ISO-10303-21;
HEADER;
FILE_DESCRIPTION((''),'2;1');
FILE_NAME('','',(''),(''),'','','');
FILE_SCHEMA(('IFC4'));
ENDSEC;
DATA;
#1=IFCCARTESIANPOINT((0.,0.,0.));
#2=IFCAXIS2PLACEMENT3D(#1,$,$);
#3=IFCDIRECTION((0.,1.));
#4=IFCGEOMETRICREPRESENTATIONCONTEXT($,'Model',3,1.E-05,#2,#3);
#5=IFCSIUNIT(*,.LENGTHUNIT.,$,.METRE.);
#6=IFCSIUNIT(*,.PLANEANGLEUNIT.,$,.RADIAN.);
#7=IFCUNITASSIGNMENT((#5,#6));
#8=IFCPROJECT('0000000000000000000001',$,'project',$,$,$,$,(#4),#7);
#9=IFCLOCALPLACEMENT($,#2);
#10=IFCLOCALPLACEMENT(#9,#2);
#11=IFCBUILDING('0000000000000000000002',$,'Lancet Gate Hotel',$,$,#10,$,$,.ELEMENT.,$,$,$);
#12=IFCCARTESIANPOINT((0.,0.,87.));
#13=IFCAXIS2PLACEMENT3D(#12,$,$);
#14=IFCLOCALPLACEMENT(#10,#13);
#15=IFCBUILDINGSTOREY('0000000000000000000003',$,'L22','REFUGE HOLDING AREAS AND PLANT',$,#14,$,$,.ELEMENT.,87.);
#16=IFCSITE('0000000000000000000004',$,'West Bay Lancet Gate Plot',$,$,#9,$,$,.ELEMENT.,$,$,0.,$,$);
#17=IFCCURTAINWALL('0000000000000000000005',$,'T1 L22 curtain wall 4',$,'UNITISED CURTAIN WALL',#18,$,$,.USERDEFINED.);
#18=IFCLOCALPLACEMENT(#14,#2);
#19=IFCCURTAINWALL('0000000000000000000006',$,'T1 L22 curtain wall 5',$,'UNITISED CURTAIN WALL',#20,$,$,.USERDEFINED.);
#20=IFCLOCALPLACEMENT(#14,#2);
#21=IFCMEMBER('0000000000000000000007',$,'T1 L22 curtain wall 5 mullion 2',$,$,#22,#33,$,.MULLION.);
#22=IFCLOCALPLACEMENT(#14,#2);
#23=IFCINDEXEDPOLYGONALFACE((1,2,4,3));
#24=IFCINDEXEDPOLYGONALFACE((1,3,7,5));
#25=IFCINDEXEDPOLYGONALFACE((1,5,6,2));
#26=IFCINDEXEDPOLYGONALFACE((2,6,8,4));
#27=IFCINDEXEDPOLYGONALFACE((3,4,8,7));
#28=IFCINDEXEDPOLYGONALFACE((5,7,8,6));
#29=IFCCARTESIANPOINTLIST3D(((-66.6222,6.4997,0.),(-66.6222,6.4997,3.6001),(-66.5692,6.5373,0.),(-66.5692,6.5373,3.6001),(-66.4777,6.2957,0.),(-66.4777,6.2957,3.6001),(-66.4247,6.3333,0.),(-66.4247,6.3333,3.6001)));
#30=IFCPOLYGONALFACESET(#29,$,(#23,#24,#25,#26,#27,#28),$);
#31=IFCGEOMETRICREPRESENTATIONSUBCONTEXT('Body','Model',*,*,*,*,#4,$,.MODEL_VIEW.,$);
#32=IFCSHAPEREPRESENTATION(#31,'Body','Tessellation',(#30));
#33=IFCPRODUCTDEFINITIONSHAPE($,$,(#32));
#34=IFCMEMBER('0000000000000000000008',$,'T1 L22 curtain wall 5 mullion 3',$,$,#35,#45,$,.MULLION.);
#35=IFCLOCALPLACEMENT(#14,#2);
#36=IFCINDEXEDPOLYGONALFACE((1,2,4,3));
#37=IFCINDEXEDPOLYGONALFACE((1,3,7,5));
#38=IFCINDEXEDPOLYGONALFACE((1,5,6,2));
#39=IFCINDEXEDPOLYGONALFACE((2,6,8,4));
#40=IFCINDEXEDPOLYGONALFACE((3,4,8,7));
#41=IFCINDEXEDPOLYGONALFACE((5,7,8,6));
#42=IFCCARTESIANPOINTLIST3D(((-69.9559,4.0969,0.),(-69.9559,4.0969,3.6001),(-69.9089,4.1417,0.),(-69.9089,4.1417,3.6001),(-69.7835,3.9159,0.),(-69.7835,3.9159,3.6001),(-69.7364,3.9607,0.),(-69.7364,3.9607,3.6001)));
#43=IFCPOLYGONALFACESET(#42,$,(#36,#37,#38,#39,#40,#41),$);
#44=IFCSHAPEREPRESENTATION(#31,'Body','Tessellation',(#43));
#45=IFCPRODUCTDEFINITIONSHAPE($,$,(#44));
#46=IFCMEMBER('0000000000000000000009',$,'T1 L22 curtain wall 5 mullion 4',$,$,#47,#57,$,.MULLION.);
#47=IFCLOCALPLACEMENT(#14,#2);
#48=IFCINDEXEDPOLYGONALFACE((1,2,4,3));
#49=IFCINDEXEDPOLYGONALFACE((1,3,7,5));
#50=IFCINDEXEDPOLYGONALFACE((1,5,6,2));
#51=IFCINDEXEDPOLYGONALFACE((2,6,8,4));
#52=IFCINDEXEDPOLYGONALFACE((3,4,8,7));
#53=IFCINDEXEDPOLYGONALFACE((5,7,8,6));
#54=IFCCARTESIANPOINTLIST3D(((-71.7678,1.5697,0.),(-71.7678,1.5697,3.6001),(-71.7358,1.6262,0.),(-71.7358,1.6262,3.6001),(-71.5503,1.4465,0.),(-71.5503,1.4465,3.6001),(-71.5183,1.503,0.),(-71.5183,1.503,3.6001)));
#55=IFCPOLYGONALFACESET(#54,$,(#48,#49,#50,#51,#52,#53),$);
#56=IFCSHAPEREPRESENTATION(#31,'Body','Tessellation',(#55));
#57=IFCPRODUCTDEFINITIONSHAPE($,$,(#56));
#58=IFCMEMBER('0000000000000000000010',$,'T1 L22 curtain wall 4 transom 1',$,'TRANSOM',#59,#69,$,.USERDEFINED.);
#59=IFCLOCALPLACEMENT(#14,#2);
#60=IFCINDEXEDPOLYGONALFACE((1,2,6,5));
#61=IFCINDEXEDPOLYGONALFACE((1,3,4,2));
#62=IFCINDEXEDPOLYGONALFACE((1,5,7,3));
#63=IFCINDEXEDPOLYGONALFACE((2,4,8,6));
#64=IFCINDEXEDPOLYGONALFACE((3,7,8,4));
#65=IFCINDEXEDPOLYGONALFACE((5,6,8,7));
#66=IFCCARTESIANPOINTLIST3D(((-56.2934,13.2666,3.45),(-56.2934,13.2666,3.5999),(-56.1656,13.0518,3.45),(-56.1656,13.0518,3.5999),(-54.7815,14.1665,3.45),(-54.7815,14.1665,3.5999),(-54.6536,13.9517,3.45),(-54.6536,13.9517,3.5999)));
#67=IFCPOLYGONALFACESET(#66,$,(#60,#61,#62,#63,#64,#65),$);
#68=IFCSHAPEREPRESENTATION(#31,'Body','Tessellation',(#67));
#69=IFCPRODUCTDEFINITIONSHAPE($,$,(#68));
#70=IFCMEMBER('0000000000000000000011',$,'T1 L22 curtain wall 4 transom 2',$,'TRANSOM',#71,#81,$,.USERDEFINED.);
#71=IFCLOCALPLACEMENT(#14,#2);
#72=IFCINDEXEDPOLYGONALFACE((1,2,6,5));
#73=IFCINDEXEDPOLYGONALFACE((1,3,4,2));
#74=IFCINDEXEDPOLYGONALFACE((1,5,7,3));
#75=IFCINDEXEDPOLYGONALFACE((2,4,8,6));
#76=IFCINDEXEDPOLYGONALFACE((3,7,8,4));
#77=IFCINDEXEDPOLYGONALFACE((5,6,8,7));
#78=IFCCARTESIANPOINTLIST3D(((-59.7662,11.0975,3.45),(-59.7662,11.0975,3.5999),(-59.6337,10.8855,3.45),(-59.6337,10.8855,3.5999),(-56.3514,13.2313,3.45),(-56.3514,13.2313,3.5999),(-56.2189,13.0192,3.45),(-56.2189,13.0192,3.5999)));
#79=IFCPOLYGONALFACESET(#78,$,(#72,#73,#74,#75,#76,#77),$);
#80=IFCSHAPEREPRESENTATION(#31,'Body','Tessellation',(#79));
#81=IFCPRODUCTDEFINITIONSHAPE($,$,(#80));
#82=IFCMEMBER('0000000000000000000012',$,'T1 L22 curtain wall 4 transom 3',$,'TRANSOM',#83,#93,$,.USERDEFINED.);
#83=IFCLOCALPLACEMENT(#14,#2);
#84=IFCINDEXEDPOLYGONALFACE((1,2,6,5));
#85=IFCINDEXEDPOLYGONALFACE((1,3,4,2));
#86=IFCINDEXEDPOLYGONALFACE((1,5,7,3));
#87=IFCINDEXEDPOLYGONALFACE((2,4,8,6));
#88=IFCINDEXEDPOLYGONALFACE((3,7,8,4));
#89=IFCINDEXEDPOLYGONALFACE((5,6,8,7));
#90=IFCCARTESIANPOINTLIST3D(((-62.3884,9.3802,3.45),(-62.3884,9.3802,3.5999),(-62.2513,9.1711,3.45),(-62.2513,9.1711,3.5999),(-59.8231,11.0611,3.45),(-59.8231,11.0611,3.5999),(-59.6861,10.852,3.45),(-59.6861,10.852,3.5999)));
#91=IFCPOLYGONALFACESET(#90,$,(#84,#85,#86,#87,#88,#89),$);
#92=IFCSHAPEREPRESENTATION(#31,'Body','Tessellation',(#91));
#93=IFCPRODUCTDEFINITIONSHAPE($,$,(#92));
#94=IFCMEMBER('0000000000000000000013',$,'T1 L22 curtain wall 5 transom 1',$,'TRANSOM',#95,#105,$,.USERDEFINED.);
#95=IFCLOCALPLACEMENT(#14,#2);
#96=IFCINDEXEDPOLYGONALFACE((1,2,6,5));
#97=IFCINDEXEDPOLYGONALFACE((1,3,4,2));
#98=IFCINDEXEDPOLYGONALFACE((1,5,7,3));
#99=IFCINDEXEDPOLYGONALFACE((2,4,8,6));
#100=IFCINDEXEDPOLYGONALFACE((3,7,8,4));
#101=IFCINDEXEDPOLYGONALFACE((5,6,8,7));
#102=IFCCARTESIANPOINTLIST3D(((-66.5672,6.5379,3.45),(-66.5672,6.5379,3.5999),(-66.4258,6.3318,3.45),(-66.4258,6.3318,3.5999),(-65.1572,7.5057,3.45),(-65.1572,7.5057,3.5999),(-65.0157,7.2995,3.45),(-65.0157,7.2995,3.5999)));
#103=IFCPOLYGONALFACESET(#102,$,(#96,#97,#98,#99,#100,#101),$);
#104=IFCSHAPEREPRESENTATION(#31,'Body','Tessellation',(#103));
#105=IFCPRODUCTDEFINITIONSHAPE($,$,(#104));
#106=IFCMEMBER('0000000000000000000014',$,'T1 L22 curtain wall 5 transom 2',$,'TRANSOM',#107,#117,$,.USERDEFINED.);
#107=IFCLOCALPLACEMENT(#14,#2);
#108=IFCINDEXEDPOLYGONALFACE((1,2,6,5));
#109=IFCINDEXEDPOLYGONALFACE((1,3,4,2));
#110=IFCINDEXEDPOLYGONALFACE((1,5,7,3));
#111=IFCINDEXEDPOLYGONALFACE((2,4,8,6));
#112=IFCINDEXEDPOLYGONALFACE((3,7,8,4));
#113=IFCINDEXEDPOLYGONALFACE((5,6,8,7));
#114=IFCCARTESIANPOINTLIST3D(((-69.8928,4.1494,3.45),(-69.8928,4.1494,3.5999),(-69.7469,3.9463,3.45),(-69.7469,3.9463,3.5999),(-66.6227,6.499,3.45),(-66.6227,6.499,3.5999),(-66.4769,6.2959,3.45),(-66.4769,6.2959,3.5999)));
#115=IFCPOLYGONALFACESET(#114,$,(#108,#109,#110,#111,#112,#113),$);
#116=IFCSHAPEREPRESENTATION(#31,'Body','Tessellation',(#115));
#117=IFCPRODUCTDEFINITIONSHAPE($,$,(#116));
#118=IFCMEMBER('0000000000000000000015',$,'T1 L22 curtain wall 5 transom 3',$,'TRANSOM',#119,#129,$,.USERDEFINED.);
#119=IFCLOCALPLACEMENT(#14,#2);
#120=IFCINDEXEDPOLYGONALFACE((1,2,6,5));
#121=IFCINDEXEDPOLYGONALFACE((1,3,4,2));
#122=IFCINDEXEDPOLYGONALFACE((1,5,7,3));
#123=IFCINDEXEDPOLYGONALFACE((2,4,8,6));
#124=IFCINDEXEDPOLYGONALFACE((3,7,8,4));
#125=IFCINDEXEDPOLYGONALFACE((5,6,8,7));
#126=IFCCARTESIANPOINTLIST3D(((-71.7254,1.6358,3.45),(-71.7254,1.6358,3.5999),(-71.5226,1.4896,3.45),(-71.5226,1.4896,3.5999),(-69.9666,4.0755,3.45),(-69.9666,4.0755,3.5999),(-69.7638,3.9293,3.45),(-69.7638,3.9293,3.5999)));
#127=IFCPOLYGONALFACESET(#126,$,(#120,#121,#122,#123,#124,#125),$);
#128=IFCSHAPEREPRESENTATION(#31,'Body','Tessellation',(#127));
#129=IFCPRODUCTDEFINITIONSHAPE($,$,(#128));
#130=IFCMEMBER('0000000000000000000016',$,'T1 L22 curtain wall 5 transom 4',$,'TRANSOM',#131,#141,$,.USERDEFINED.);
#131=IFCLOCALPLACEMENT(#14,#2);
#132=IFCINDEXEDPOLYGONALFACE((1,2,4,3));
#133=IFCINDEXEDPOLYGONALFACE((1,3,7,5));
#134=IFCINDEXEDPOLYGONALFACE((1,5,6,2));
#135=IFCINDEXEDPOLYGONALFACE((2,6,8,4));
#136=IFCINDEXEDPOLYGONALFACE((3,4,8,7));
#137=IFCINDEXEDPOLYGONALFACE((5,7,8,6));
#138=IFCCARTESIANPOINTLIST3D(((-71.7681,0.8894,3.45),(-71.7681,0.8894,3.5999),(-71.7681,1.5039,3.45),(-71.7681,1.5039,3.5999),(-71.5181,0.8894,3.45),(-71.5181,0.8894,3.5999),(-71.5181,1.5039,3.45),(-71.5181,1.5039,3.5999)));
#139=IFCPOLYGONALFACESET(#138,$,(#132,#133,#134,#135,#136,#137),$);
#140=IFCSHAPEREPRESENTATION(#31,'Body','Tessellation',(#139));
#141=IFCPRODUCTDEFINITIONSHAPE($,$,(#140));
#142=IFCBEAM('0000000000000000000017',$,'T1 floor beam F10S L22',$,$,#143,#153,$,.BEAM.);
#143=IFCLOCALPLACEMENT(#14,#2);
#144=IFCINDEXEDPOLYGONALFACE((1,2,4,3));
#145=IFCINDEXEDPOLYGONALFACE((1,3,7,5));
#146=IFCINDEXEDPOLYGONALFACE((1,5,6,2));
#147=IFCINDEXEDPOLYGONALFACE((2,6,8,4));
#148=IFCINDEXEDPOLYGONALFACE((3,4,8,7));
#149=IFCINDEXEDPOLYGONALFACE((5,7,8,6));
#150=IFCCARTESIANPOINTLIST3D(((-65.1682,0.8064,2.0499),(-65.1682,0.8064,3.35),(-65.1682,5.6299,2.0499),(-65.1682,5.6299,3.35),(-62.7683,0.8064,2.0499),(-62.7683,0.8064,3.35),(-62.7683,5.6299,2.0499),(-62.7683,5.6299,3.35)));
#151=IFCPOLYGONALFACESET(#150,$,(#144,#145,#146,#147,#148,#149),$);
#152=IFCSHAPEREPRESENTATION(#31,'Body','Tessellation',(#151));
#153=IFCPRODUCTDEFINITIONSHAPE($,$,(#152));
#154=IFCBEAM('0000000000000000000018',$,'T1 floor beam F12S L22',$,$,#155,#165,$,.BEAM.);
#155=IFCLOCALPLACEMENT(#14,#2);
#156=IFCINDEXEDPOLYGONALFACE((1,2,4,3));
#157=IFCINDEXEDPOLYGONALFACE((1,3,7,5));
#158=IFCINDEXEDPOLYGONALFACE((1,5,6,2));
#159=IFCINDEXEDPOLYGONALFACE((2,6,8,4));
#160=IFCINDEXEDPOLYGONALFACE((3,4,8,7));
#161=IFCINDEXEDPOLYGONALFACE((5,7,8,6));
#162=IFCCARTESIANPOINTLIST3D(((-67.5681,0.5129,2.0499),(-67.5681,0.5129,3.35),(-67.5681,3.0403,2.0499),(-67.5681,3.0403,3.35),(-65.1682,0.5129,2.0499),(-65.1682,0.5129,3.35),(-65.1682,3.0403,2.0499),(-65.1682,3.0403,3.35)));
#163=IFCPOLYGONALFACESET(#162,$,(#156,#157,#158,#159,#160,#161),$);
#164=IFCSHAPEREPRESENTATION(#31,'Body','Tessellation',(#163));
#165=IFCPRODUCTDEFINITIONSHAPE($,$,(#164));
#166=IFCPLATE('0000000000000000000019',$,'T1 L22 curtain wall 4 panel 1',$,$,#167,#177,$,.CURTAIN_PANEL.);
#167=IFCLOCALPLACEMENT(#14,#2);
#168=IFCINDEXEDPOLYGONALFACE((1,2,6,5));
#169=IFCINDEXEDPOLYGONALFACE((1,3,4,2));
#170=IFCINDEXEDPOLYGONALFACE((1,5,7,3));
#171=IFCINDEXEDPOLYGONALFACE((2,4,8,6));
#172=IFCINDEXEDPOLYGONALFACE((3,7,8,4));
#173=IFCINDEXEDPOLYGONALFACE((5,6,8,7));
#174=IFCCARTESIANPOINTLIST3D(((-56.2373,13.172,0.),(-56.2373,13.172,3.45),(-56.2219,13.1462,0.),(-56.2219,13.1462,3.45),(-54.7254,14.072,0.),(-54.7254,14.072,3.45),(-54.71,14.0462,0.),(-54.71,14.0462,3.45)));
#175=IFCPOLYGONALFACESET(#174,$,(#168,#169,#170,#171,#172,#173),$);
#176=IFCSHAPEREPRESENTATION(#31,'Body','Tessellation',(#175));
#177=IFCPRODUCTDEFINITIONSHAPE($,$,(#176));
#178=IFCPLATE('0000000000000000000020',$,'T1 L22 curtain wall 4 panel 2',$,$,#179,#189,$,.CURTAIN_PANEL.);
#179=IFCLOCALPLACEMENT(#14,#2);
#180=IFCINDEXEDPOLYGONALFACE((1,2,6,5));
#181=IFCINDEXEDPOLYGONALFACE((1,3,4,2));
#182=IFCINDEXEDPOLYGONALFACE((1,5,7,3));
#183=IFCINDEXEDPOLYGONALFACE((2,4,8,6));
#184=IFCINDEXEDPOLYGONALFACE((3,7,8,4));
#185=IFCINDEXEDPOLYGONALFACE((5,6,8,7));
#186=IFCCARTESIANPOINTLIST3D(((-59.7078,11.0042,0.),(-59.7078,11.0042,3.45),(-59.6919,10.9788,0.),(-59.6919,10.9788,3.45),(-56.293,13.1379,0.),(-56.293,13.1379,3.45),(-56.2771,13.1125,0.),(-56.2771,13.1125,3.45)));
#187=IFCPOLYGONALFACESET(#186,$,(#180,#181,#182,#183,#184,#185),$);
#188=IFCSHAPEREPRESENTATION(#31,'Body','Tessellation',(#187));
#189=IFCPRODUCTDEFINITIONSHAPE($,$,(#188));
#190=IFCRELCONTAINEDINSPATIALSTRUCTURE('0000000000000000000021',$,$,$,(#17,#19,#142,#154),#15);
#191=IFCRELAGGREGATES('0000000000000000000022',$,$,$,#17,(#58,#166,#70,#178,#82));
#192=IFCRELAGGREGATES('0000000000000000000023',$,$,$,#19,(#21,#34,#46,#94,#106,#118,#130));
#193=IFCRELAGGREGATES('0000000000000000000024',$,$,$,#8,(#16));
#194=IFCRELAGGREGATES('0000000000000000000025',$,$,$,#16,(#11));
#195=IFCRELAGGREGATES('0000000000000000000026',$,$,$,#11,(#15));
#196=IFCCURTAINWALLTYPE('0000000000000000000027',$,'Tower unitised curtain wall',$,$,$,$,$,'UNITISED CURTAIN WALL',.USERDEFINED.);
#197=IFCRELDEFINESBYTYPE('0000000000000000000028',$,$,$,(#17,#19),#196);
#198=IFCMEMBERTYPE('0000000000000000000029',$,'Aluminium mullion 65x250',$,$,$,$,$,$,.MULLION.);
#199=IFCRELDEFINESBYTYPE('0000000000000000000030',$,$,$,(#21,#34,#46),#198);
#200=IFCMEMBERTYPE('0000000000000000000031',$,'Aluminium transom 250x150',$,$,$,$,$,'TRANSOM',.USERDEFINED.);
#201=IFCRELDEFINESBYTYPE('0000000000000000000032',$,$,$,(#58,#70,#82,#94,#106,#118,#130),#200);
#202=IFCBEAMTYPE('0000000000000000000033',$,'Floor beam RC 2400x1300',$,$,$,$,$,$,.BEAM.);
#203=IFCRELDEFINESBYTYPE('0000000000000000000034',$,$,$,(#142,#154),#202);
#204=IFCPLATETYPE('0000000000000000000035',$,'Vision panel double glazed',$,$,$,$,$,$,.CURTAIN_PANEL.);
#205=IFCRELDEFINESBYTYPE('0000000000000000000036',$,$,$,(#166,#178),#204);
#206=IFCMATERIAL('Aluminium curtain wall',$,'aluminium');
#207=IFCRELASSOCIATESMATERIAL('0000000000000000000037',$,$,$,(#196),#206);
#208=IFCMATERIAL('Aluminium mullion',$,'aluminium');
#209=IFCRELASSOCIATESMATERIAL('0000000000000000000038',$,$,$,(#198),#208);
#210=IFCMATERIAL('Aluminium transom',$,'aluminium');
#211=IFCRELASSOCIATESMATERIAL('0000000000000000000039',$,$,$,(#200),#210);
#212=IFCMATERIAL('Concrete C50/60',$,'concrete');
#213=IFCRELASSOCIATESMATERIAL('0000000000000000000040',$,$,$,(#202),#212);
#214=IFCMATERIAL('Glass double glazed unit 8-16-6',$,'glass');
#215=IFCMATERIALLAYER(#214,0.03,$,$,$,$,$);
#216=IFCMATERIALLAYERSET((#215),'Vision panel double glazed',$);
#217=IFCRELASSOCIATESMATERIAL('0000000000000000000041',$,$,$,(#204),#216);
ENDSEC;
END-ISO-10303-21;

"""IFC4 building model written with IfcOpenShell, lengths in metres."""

from ifc_helpers import new_model, si_unit, direction, frame, origin, origin_2d, place, context, subcontext, project, spatial, rectangle, extrude, material, layer, layer_set, material_profile, profile_set, type_object, element, aggregate, save


model = new_model("IFC4")

# Units and contexts
model_context = context("Model", 3, precision=1e-05, world=origin(), true_north=direction((0.0, 1.0)))
body_context = subcontext(model_context, "Body", "Model", "MODEL_VIEW")
ifc_project = project(units=[si_unit("LENGTHUNIT", "METRE"), si_unit("PLANEANGLEUNIT", "RADIAN")], contexts=[model_context])

# Site, building, storey
site_placement = place(None, origin())
site = spatial("IfcSite", under=ifc_project, at=site_placement, Name="West Bay Lancet Gate Plot", CompositionType="ELEMENT", RefElevation=0.0)
building_placement = place(site_placement, origin())
building = spatial("IfcBuilding", under=site, at=building_placement, Name="Lancet Gate Hotel", CompositionType="ELEMENT")
storey_placement = place(building_placement, frame((0.0, 0.0, 87.0)))
storey = spatial("IfcBuildingStorey", under=building, at=storey_placement, Name="L22", Description="REFUGE HOLDING AREAS AND PLANT", CompositionType="ELEMENT", Elevation=87.0)

# Curtain walls, members
ifc_material_1 = material(Name="Aluminium curtain wall", Category="aluminium")
curtain_wall_type = type_object("IfcCurtainWallType", Name="Tower unitised curtain wall", ElementType="UNITISED CURTAIN WALL", PredefinedType="USERDEFINED", material=ifc_material_1)
curtain_wall_1_placement = place(storey_placement, origin())
curtain_wall_1 = element("IfcCurtainWall", 1, at=curtain_wall_1_placement, inside=storey, type_object=curtain_wall_type, Name="T1 L22 curtain wall 4", ObjectType="UNITISED CURTAIN WALL", PredefinedType="USERDEFINED")
ifc_material_2 = material(Name="Aluminium mullion", Category="aluminium")
ifc_material_profile_1 = material_profile(ifc_material_2, rectangle(XDim=0.0649, YDim=0.25, at=origin_2d()), Name="MULLION 65x250")
ifc_profile_set_1 = profile_set([ifc_material_profile_1], Name="Aluminium mullion")
member_type_1 = type_object("IfcMemberType", Name="Aluminium mullion 65x250", PredefinedType="MULLION", material=ifc_profile_set_1)
curtain_wall_2_placement = place(storey_placement, origin())
curtain_wall_2 = element("IfcCurtainWall", 2, at=curtain_wall_2_placement, inside=storey, type_object=curtain_wall_type, Name="T1 L22 curtain wall 5", ObjectType="UNITISED CURTAIN WALL", PredefinedType="USERDEFINED")
member_1_placement = place(storey_placement, frame((-66.5234, 6.4165, 0.0), z_axis=(0.0, 0.0, 1.0), x_axis=(-0.815877, -0.578225, 0.0)))
member_1 = element("IfcMember", 3, at=member_1_placement, type_object=member_type_1, Name="T1 L22 curtain wall 5 mullion 2", PredefinedType="MULLION", context=body_context, shape_type="SweptSolid", body=[
    extrude(rectangle(XDim=0.0649, YDim=0.25, at=origin_2d()), origin(), (0.0, 0.0, 1.0), 3.6001),
])
member_2_placement = place(storey_placement, frame((-69.8462, 4.0288, 0.0), z_axis=(0.0, 0.0, 1.0), x_axis=(-0.723846, -0.689961, 0.0)))
member_2 = element("IfcMember", 4, at=member_2_placement, type_object=member_type_1, Name="T1 L22 curtain wall 5 mullion 3", PredefinedType="MULLION", context=body_context, shape_type="SweptSolid", body=[
    extrude(rectangle(XDim=0.0649, YDim=0.25, at=origin_2d()), origin(), (0.0, 0.0, 1.0), 3.6001),
])
member_3_placement = place(storey_placement, frame((-71.6431, 1.5364, 0.0), z_axis=(0.0, 0.0, 1.0), x_axis=(-0.492912, -0.870079, 0.0)))
member_3 = element("IfcMember", 5, at=member_3_placement, type_object=member_type_1, Name="T1 L22 curtain wall 5 mullion 4", PredefinedType="MULLION", context=body_context, shape_type="SweptSolid", body=[
    extrude(rectangle(XDim=0.0649, YDim=0.25, at=origin_2d()), origin(), (0.0, 0.0, 1.0), 3.6001),
])

# Members
ifc_material_3 = material(Name="Aluminium transom", Category="aluminium")
ifc_material_profile_2 = material_profile(ifc_material_3, rectangle(XDim=0.25, YDim=0.1499, at=origin_2d()), Name="TRANSOM 250x150")
ifc_profile_set_2 = profile_set([ifc_material_profile_2], Name="Aluminium transom")
member_type_2 = type_object("IfcMemberType", Name="Aluminium transom 250x150", ElementType="TRANSOM", PredefinedType="USERDEFINED", material=ifc_profile_set_2)
member_4_placement = place(storey_placement, frame((-54.7175, 14.0591, 3.5249), z_axis=(-0.859312, -0.511452, 0.0), x_axis=(0.511452, -0.859312, 0.0)))
member_4 = element("IfcMember", 6, at=member_4_placement, type_object=member_type_2, Name="T1 L22 curtain wall 4 transom 1", ObjectType="TRANSOM", PredefinedType="USERDEFINED", context=body_context, shape_type="SweptSolid", body=[
    extrude(rectangle(XDim=0.25, YDim=0.1499, at=origin_2d()), origin(), (0.0, 0.0, 1.0), 1.7595),
])
member_5_placement = place(storey_placement, frame((-56.2852, 13.1252, 3.5249), z_axis=(-0.848049, -0.529917, 0.0), x_axis=(0.529917, -0.848049, 0.0)))
member_5 = element("IfcMember", 7, at=member_5_placement, type_object=member_type_2, Name="T1 L22 curtain wall 4 transom 2", ObjectType="TRANSOM", PredefinedType="USERDEFINED", context=body_context, shape_type="SweptSolid", body=[
    extrude(rectangle(XDim=0.25, YDim=0.1499, at=origin_2d()), origin(), (0.0, 0.0, 1.0), 4.0266),
])
member_6_placement = place(storey_placement, frame((-59.7546, 10.9565, 3.5249), z_axis=(-0.836421, -0.548088, 0.0), x_axis=(0.548088, -0.836421, 0.0)))
member_6 = element("IfcMember", 8, at=member_6_placement, type_object=member_type_2, Name="T1 L22 curtain wall 4 transom 3", ObjectType="TRANSOM", PredefinedType="USERDEFINED", context=body_context, shape_type="SweptSolid", body=[
    extrude(rectangle(XDim=0.25, YDim=0.1499, at=origin_2d()), origin(), (0.0, 0.0, 1.0), 3.0669),
])
member_7_placement = place(storey_placement, frame((-65.0864, 7.4026, 3.5249), z_axis=(-0.824508, -0.56585, 0.0), x_axis=(0.56585, -0.824508, 0.0)))
member_7 = element("IfcMember", 9, at=member_7_placement, type_object=member_type_2, Name="T1 L22 curtain wall 5 transom 1", ObjectType="TRANSOM", PredefinedType="USERDEFINED", context=body_context, shape_type="SweptSolid", body=[
    extrude(rectangle(XDim=0.25, YDim=0.1499, at=origin_2d()), origin(), (0.0, 0.0, 1.0), 1.7102),
])
member_8_placement = place(storey_placement, frame((-66.5498, 6.3975, 3.5249), z_axis=(-0.8121, -0.583519, 0.0), x_axis=(0.583519, -0.8121, 0.0)))
member_8 = element("IfcMember", 10, at=member_8_placement, type_object=member_type_2, Name="T1 L22 curtain wall 5 transom 2", ObjectType="TRANSOM", PredefinedType="USERDEFINED", context=body_context, shape_type="SweptSolid", body=[
    extrude(rectangle(XDim=0.25, YDim=0.1499, at=origin_2d()), origin(), (0.0, 0.0, 1.0), 4.0266),
])
member_9_placement = place(storey_placement, frame((-69.8652, 4.0024, 3.5249), z_axis=(-0.584788, -0.811186, 0.0), x_axis=(0.811186, -0.584788, 0.0)))
member_9 = element("IfcMember", 11, at=member_9_placement, type_object=member_type_2, Name="T1 L22 curtain wall 5 transom 3", ObjectType="TRANSOM", PredefinedType="USERDEFINED", context=body_context, shape_type="SweptSolid", body=[
    extrude(rectangle(XDim=0.25, YDim=0.1499, at=origin_2d()), origin(), (0.0, 0.0, 1.0), 3.0076),
])
member_10_placement = place(storey_placement, frame((-71.6431, 1.5039, 3.5249), z_axis=(0.0, -1.0, 0.0), x_axis=(1.0, 0.0, 0.0)))
member_10 = element("IfcMember", 12, at=member_10_placement, type_object=member_type_2, Name="T1 L22 curtain wall 5 transom 4", ObjectType="TRANSOM", PredefinedType="USERDEFINED", context=body_context, shape_type="SweptSolid", body=[
    extrude(rectangle(XDim=0.25, YDim=0.1499, at=origin_2d()), origin(), (0.0, 0.0, 1.0), 0.6145),
])

# Beams
ifc_material_4 = material(Name="Concrete C50/60", Category="concrete")
ifc_material_profile_3 = material_profile(ifc_material_4, rectangle(XDim=2.3999, YDim=1.3, at=origin_2d()), Name="RC 2400x1300")
ifc_profile_set_3 = profile_set([ifc_material_profile_3], Name="Concrete C50/60")
beam_type = type_object("IfcBeamType", Name="Floor beam RC 2400x1300", PredefinedType="BEAM", material=ifc_profile_set_3)
beam_1_placement = place(storey_placement, frame((-63.9683, 5.6299, 2.7), z_axis=(0.0, -1.0, 0.0), x_axis=(1.0, 0.0, 0.0)))
element("IfcBeam", 13, at=beam_1_placement, inside=storey, type_object=beam_type, Name="T1 floor beam F10S L22", PredefinedType="BEAM", context=body_context, shape_type="SweptSolid", body=[
    extrude(rectangle(XDim=2.3999, YDim=1.3, at=origin_2d()), origin(), (0.0, 0.0, 1.0), 4.8235),
])
beam_2_placement = place(storey_placement, frame((-66.3682, 3.0403, 2.7), z_axis=(0.0, -1.0, 0.0), x_axis=(1.0, 0.0, 0.0)))
element("IfcBeam", 14, at=beam_2_placement, inside=storey, type_object=beam_type, Name="T1 floor beam F12S L22", PredefinedType="BEAM", context=body_context, shape_type="SweptSolid", body=[
    extrude(rectangle(XDim=2.3999, YDim=1.3, at=origin_2d()), origin(), (0.0, 0.0, 1.0), 2.5273),
])

# Plates
ifc_material_5 = material(Name="Glass double glazed unit 8-16-6", Category="glass")
ifc_layer_1 = layer(ifc_material_5, 0.03)
ifc_layer_set_1 = layer_set([ifc_layer_1], Name="Vision panel double glazed")
plate_type = type_object("IfcPlateType", Name="Vision panel double glazed", PredefinedType="CURTAIN_PANEL", material=ifc_layer_set_1)
plate_1_placement = place(storey_placement, frame((-55.4736, 13.6091, 0.0), z_axis=(0.0, 0.0, 1.0), x_axis=(-0.859271, -0.51152, 0.0)))
plate_1 = element("IfcPlate", 15, at=plate_1_placement, type_object=plate_type, Name="T1 L22 curtain wall 4 panel 1", PredefinedType="CURTAIN_PANEL", context=body_context, shape_type="SweptSolid", body=[
    extrude(rectangle(XDim=1.7595, YDim=0.03, at=origin_2d()), origin(), (0.0, 0.0, 1.0), 3.45),
])
plate_2_placement = place(storey_placement, frame((-57.9924, 12.0583, 0.0), z_axis=(0.0, 0.0, 1.0), x_axis=(-0.848061, -0.529899, 0.0)))
plate_2 = element("IfcPlate", 16, at=plate_2_placement, type_object=plate_type, Name="T1 L22 curtain wall 4 panel 2", PredefinedType="CURTAIN_PANEL", context=body_context, shape_type="SweptSolid", body=[
    extrude(rectangle(XDim=4.0266, YDim=0.03, at=origin_2d()), origin(), (0.0, 0.0, 1.0), 3.45),
])
aggregate(curtain_wall_1, [member_4, plate_1, member_5, plate_2, member_6])
aggregate(curtain_wall_2, [member_1, member_2, member_3, member_7, member_8, member_9, member_10])

save(model, "model.ifc")
